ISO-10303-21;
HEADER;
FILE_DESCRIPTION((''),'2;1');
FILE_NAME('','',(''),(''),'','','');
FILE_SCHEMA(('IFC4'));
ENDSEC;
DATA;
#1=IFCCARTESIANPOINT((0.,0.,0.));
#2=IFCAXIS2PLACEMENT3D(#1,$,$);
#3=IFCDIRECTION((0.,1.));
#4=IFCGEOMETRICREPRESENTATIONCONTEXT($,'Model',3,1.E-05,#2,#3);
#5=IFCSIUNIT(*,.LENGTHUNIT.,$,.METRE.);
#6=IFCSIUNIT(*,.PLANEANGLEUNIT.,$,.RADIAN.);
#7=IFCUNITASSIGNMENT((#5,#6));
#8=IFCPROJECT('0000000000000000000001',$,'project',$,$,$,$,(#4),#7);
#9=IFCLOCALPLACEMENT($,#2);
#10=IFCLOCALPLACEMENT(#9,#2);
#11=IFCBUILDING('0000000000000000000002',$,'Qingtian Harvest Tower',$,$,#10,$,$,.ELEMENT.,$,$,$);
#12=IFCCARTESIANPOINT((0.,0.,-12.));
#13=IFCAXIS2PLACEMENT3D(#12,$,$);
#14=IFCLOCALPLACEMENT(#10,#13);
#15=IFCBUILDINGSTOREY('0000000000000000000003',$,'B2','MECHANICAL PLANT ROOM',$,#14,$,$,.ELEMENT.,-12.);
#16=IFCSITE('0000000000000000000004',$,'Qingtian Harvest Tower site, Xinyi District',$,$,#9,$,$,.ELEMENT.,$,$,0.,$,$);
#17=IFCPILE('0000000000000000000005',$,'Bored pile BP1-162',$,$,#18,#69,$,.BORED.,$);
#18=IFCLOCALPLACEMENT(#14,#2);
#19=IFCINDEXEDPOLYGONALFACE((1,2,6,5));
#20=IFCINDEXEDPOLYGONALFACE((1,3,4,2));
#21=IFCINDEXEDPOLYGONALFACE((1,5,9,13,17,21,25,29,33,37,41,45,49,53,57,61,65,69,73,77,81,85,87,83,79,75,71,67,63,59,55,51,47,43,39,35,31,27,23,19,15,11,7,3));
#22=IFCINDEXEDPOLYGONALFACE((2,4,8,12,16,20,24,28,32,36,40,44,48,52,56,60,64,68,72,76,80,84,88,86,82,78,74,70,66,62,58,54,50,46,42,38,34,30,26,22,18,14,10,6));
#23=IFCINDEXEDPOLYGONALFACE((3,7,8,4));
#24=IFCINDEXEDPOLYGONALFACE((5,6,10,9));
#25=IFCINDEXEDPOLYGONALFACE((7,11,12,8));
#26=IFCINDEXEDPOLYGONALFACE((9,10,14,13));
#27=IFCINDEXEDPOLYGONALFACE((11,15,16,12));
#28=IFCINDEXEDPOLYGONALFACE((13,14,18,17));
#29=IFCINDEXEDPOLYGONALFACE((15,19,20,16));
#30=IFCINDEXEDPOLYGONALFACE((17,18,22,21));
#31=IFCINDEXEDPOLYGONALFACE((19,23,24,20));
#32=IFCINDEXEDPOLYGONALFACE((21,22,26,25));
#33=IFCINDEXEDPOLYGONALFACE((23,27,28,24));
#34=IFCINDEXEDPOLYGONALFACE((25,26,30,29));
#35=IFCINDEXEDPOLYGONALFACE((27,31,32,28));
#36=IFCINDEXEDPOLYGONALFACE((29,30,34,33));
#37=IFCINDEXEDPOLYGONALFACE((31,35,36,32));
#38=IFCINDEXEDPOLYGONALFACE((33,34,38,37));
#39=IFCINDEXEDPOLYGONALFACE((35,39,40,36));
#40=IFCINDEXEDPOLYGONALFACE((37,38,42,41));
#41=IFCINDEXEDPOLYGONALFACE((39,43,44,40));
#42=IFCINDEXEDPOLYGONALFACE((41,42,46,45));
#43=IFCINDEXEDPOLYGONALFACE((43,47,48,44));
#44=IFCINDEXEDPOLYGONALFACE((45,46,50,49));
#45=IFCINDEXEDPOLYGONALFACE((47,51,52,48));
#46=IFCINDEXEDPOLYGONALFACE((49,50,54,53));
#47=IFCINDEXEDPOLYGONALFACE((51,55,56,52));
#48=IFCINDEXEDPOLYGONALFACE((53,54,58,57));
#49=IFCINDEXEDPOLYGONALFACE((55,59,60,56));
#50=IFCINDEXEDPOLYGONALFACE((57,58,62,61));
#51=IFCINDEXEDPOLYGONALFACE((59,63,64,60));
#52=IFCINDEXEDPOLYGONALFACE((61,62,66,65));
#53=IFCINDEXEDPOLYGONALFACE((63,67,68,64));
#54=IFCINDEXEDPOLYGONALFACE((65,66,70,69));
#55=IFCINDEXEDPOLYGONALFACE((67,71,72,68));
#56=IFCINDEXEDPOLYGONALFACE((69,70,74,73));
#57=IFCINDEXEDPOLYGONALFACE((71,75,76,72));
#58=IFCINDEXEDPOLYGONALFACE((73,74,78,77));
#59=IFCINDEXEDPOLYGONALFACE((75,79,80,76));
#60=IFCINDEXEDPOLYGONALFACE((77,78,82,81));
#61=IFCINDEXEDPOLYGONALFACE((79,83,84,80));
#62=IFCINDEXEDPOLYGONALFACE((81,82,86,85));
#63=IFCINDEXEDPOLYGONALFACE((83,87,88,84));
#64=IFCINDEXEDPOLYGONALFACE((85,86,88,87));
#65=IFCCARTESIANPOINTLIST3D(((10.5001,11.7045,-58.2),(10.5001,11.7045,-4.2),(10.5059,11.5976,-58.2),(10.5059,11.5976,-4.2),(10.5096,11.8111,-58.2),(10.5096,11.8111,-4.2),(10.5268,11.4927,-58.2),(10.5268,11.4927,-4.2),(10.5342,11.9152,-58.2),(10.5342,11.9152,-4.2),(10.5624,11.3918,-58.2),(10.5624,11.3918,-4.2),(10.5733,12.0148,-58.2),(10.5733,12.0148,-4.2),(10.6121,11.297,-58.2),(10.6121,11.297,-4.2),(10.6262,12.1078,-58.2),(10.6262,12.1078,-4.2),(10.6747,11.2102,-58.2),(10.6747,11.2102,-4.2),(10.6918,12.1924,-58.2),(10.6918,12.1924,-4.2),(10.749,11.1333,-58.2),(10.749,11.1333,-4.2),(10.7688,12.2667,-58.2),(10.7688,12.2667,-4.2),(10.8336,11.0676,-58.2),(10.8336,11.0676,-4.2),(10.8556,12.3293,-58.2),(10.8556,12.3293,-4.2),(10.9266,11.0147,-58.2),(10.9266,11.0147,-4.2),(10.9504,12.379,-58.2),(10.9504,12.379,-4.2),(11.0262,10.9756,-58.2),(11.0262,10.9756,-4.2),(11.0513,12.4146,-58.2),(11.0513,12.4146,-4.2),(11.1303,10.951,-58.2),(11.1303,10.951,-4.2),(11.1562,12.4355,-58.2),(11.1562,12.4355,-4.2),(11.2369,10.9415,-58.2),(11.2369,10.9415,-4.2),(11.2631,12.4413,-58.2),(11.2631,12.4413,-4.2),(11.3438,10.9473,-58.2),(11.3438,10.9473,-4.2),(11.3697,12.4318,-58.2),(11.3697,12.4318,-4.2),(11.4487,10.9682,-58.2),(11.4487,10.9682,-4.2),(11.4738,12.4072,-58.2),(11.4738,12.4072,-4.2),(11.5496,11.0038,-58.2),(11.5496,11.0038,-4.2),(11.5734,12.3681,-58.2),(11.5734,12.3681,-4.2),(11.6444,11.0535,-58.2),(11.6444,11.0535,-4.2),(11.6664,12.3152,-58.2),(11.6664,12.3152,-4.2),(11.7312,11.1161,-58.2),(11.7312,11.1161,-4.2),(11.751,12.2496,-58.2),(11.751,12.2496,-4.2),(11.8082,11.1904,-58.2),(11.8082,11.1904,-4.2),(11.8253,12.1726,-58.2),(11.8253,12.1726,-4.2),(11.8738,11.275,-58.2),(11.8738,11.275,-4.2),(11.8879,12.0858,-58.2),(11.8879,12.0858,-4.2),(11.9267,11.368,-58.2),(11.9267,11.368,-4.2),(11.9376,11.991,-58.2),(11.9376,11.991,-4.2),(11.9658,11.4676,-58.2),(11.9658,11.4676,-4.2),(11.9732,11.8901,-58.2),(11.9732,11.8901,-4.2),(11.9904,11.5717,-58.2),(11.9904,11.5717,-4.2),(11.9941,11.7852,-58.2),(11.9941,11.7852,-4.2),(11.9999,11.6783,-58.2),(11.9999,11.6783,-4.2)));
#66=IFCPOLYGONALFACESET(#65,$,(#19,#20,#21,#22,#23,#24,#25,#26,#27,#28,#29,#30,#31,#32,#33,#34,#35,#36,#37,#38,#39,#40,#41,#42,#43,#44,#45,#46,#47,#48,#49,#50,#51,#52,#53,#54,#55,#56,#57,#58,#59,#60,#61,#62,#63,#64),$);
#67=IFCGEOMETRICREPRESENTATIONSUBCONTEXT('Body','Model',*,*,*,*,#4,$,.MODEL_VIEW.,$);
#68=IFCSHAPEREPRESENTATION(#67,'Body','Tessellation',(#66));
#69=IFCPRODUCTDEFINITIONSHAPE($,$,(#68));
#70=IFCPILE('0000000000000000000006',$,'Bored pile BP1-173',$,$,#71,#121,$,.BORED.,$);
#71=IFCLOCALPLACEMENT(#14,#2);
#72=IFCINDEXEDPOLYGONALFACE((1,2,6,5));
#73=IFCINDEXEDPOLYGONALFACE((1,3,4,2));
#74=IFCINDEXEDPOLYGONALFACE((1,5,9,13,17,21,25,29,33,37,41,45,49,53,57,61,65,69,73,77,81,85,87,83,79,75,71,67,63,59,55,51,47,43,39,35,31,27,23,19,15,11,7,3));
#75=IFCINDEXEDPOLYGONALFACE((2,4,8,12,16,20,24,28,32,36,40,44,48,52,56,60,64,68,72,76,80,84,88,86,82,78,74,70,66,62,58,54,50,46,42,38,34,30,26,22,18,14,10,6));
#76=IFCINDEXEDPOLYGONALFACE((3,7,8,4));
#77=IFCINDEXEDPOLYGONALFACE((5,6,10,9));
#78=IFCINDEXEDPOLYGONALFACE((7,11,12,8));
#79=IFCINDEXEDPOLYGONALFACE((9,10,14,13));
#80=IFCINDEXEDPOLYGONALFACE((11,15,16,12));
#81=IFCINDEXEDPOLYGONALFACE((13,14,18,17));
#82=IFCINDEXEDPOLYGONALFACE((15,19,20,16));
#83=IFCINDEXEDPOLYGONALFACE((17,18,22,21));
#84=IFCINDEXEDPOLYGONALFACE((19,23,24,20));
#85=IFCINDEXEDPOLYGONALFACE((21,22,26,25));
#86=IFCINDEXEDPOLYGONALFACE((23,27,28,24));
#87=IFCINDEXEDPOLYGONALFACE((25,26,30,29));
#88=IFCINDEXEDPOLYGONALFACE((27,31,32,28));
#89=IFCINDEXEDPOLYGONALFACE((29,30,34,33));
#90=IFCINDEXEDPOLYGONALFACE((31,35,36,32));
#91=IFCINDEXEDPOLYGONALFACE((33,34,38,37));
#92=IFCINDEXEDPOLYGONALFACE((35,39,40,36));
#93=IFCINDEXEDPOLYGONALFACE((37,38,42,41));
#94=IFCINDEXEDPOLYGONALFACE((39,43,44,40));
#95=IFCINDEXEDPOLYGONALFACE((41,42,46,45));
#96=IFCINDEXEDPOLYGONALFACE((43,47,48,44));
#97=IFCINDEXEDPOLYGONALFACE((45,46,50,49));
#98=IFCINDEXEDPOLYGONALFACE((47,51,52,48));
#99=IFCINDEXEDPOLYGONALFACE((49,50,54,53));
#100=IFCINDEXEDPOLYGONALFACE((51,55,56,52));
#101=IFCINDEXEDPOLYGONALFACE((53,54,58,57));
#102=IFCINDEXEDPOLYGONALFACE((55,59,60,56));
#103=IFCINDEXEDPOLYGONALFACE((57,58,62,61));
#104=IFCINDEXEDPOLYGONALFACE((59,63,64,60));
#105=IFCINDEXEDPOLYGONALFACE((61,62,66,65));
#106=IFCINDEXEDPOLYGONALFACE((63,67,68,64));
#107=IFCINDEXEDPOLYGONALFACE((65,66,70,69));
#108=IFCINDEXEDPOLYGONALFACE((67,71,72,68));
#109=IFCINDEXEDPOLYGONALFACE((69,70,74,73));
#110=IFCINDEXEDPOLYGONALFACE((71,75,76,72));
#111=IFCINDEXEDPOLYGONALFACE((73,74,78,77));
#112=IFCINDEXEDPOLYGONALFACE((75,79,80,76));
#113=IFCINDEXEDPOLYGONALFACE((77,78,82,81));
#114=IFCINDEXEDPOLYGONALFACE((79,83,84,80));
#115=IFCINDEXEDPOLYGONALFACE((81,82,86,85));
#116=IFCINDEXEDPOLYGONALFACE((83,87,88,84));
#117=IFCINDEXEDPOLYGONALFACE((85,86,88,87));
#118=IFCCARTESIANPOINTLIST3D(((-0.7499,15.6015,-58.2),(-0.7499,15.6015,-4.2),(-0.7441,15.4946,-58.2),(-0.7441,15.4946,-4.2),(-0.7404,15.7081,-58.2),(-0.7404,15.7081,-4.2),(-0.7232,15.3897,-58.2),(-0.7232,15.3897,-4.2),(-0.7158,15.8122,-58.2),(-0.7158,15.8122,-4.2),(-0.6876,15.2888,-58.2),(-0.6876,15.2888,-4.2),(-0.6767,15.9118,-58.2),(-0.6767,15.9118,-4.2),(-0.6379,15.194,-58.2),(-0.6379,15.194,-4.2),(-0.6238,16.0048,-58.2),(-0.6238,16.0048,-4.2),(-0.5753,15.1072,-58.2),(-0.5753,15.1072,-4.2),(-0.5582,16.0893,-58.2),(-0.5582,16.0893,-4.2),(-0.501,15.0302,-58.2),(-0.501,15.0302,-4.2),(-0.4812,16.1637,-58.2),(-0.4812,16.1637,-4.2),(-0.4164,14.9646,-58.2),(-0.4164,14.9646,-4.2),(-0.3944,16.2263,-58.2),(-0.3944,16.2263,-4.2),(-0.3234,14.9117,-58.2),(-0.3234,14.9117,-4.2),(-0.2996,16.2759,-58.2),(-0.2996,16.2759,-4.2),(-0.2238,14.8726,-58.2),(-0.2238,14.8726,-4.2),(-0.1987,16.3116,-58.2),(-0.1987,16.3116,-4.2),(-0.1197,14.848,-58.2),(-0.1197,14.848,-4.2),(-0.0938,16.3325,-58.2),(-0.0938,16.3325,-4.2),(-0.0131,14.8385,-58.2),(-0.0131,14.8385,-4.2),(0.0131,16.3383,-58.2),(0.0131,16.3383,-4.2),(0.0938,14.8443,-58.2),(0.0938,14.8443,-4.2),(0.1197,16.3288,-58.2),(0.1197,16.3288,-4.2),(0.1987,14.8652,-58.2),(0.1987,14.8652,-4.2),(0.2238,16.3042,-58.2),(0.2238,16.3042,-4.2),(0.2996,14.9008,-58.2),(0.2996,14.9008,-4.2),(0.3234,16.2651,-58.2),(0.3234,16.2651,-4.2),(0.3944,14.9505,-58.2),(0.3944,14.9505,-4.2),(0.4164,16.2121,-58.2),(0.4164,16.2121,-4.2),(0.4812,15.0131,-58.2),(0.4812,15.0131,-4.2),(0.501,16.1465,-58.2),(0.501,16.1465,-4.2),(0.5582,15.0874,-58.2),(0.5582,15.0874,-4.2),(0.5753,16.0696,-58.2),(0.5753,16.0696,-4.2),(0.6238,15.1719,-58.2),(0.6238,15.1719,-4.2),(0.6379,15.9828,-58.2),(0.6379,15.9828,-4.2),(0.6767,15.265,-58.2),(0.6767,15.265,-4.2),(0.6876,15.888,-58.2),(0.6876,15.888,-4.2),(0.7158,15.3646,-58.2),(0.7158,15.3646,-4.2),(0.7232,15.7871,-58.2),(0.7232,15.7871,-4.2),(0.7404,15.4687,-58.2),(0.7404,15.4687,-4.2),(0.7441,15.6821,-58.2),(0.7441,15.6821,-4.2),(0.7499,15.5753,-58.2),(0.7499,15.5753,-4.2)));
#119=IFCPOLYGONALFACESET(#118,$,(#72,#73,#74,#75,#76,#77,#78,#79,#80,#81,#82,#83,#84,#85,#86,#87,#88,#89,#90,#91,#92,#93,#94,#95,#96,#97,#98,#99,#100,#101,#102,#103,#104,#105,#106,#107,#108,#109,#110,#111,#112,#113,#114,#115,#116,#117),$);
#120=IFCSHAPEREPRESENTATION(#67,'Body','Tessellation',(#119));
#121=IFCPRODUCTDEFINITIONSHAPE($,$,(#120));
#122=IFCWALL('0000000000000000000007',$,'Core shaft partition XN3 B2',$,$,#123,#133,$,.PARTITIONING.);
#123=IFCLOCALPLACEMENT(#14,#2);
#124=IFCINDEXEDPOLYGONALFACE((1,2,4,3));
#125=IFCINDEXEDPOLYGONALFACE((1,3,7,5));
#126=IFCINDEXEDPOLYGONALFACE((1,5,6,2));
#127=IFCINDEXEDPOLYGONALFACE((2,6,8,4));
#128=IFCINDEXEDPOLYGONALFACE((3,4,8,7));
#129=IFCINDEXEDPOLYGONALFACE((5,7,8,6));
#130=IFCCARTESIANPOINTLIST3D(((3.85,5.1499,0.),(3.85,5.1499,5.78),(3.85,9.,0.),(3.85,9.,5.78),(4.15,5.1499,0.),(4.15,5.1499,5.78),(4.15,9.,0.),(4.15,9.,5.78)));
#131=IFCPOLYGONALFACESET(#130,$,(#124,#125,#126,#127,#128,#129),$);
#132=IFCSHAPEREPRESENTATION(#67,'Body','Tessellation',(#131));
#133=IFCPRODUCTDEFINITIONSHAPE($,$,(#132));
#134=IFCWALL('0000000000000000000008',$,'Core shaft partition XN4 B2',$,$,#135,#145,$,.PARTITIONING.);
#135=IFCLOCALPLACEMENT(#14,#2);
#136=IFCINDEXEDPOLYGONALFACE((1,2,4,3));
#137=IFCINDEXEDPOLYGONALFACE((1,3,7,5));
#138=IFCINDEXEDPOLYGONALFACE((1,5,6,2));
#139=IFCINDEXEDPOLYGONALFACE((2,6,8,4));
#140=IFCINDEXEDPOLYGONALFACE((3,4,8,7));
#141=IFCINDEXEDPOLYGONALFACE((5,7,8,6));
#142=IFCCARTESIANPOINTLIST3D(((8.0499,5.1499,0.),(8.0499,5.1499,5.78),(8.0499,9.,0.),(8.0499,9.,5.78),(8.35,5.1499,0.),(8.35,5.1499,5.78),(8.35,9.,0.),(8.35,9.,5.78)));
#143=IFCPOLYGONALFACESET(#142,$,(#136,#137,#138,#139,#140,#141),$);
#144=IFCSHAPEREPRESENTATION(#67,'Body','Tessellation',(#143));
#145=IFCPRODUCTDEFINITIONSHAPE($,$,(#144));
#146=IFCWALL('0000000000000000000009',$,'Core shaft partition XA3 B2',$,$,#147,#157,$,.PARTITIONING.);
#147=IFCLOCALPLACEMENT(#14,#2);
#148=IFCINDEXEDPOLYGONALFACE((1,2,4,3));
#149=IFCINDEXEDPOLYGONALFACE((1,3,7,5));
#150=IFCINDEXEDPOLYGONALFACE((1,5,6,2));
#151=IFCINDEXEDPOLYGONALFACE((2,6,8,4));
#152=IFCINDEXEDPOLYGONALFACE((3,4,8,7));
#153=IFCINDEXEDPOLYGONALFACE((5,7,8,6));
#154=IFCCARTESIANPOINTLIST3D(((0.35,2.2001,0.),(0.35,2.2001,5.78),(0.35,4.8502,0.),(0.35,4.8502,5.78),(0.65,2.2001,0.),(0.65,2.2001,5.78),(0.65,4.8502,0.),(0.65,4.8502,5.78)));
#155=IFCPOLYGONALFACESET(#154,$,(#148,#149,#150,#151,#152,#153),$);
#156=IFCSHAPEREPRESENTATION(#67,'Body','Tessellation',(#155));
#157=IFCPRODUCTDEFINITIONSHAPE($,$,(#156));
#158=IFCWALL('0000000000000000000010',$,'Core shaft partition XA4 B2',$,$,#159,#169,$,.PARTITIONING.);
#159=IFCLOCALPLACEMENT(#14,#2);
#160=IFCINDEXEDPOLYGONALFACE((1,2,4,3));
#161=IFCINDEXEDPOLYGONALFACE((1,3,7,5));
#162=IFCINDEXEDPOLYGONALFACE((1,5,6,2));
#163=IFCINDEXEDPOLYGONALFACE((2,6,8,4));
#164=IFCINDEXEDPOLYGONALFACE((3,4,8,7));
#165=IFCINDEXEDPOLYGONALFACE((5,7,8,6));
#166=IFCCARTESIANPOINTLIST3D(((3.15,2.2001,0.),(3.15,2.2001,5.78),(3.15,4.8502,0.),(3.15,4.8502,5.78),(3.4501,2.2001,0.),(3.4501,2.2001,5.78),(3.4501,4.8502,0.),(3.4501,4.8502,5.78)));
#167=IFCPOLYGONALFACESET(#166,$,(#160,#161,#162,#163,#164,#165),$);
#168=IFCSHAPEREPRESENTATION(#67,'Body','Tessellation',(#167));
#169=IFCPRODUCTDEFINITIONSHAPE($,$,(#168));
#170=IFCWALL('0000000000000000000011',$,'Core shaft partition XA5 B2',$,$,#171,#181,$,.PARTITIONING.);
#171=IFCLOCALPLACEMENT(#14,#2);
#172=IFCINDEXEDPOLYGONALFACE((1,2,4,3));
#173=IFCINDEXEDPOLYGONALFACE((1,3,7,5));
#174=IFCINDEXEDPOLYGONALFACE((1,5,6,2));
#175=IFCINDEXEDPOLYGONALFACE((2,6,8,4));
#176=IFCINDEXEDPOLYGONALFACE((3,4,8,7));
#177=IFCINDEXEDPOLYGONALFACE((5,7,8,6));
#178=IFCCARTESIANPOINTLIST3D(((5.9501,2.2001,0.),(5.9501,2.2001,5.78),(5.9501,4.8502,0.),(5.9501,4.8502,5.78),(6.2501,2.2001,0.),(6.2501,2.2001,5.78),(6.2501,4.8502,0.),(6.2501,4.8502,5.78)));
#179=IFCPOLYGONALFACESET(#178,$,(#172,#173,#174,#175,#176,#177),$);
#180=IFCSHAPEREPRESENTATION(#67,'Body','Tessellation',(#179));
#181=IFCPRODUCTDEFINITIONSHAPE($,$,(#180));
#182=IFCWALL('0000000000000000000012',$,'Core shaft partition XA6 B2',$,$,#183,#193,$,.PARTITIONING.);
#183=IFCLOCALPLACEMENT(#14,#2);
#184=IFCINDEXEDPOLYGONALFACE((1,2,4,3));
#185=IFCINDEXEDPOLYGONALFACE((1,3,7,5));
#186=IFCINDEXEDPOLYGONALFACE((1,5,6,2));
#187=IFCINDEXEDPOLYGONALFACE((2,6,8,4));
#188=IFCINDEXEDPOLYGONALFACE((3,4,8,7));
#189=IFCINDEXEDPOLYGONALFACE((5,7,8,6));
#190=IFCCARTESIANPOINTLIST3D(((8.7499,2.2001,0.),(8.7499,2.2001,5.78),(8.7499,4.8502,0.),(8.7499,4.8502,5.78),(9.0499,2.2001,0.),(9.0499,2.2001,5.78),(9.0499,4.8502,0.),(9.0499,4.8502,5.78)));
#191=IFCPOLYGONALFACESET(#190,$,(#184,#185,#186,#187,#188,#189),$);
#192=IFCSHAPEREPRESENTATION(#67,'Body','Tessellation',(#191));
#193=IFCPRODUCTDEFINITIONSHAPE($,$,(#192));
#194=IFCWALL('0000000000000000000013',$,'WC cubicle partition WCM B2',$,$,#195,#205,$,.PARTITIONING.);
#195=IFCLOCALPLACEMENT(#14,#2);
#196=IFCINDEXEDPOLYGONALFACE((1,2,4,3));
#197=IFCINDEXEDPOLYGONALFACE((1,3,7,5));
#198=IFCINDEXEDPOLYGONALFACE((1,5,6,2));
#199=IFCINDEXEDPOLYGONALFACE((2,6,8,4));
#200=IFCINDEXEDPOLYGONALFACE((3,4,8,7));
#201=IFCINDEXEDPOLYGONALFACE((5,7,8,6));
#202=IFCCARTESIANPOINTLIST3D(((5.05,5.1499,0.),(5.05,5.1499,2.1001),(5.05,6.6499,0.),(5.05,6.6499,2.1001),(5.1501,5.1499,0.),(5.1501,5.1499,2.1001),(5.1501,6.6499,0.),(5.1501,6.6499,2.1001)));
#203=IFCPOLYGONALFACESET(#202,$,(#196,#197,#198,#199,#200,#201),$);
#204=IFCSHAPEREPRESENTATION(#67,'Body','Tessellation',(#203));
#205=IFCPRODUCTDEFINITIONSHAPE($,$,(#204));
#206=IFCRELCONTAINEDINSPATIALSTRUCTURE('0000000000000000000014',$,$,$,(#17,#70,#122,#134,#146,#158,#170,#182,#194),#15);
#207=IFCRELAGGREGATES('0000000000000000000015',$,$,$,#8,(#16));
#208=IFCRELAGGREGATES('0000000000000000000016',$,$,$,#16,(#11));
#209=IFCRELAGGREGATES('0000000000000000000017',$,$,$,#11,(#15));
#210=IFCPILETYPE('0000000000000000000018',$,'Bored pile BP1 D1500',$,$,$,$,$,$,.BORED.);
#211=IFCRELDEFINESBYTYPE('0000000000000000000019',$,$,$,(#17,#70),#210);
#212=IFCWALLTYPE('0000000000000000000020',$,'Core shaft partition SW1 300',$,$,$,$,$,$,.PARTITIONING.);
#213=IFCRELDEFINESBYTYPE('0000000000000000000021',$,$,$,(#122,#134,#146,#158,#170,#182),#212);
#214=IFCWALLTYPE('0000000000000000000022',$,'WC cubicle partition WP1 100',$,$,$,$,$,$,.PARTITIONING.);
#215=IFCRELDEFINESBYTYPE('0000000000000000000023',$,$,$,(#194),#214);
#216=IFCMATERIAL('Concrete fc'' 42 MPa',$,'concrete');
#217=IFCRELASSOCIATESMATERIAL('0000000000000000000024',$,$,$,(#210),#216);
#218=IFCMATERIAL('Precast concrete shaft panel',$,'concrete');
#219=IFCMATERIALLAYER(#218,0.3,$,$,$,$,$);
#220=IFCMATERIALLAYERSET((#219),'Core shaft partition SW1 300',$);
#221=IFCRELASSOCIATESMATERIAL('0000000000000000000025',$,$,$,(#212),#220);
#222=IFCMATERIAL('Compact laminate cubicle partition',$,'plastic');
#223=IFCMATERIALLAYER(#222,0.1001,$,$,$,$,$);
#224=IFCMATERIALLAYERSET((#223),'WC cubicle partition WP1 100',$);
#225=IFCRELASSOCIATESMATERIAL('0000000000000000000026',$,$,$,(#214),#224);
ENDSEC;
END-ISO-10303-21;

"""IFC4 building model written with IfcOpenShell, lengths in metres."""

from ifc_helpers import new_model, si_unit, direction, frame, frame_2d, origin, place, context, subcontext, project, spatial, rectangle, circle, extrude, material, layer, layer_set, material_profile, profile_set, type_object, element, save


model = new_model("IFC4")

# Units and contexts
model_context = context("Model", 3, precision=1e-05, world=origin(), true_north=direction((0.0, 1.0)))
body_context = subcontext(model_context, "Body", "Model", "MODEL_VIEW")
ifc_project = project(units=[si_unit("LENGTHUNIT", "METRE"), si_unit("PLANEANGLEUNIT", "RADIAN")], contexts=[model_context])

# Site, building, storey
site_placement = place(None, origin())
site = spatial("IfcSite", under=ifc_project, at=site_placement, Name="Qingtian Harvest Tower site, Xinyi District", CompositionType="ELEMENT", RefElevation=0.0)
building_placement = place(site_placement, origin())
building = spatial("IfcBuilding", under=site, at=building_placement, Name="Qingtian Harvest Tower", CompositionType="ELEMENT")
storey_placement = place(building_placement, frame((0.0, 0.0, -12.0)))
storey = spatial("IfcBuildingStorey", under=building, at=storey_placement, Name="B2", Description="MECHANICAL PLANT ROOM", CompositionType="ELEMENT", Elevation=-12.0)

# Piles
ifc_material_1 = material(Name="Concrete fc' 42 MPa", Category="concrete")
ifc_material_profile = material_profile(ifc_material_1, circle(Radius=0.75, at=frame_2d((0.0, 0.0), x_axis=(0.999848, 0.017452))), Name="Bored pile BP1 D1500")
ifc_profile_set = profile_set([ifc_material_profile], Name="Concrete fc' 42 MPa")
pile_type = type_object("IfcPileType", Name="Bored pile BP1 D1500", PredefinedType="BORED", material=ifc_profile_set)
for number, where, z_axis, x_axis, name in (
    (1, (11.25, 11.6914, -4.2), (0.0, 0.0, -1.0), (1.0, 0.0, 0.0), "Bored pile BP1-162"),
    (2, (0.0, 15.5884, -4.2), (0.0, 0.0, -1.0), (1.0, 0.0, 0.0), "Bored pile BP1-173"),
):
    element("IfcPile", number, at=place(storey_placement, frame(where, z_axis=z_axis, x_axis=x_axis)), inside=storey, type_object=pile_type, Name=name, PredefinedType="BORED", context=body_context, shape_type="SweptSolid", body=[
        extrude(circle(Radius=0.75, at=frame_2d((0.0, 0.0), x_axis=(0.999848, 0.017452))), origin(), (0.0, 0.0, 1.0), 54.0),
    ])

# Shared definitions
ifc_material_2 = material(Name="Precast concrete shaft panel", Category="concrete")
ifc_layer_1 = layer(ifc_material_2, 0.3)
ifc_layer_set_1 = layer_set([ifc_layer_1], Name="Core shaft partition SW1 300")
wall_type_1 = type_object("IfcWallType", Name="Core shaft partition SW1 300", PredefinedType="PARTITIONING", material=ifc_layer_set_1)

# Walls
for number, where, z_axis, x_axis, name in (
    (3, (4.0, 5.1499, 0.0), (0.0, 0.0, 1.0), (0.0, 1.0, 0.0), "Core shaft partition XN3 B2"),
    (4, (8.2, 5.1499, 0.0), (0.0, 0.0, 1.0), (0.0, 1.0, 0.0), "Core shaft partition XN4 B2"),
):
    element("IfcWall", number, at=place(storey_placement, frame(where, z_axis=z_axis, x_axis=x_axis)), inside=storey, type_object=wall_type_1, Name=name, PredefinedType="PARTITIONING", context=body_context, shape_type="SweptSolid", body=[
        extrude(rectangle(XDim=3.8501, YDim=0.3, at=frame_2d((1.925, 0.0))), origin(), (0.0, 0.0, 1.0), 5.78),
    ])
for number, where, z_axis, x_axis, name in (
    (5, (0.5, 2.2, 0.0), (0.0, 0.0, 1.0), (0.0, 1.0, 0.0), "Core shaft partition XA3 B2"),
    (6, (3.3, 2.2, 0.0), (0.0, 0.0, 1.0), (0.0, 1.0, 0.0), "Core shaft partition XA4 B2"),
    (7, (6.1001, 2.2, 0.0), (0.0, 0.0, 1.0), (0.0, 1.0, 0.0), "Core shaft partition XA5 B2"),
    (8, (8.8999, 2.2, 0.0), (0.0, 0.0, 1.0), (0.0, 1.0, 0.0), "Core shaft partition XA6 B2"),
):
    element("IfcWall", number, at=place(storey_placement, frame(where, z_axis=z_axis, x_axis=x_axis)), inside=storey, type_object=wall_type_1, Name=name, PredefinedType="PARTITIONING", context=body_context, shape_type="SweptSolid", body=[
        extrude(rectangle(XDim=2.6501, YDim=0.3, at=frame_2d((1.3252, 0.0))), origin(), (0.0, 0.0, 1.0), 5.78),
    ])
ifc_material_3 = material(Name="Compact laminate cubicle partition", Category="plastic")
ifc_layer_2 = layer(ifc_material_3, 0.1001)
ifc_layer_set_2 = layer_set([ifc_layer_2], Name="WC cubicle partition WP1 100")
wall_type_2 = type_object("IfcWallType", Name="WC cubicle partition WP1 100", PredefinedType="PARTITIONING", material=ifc_layer_set_2)
for number, where, z_axis, x_axis, name in (
    (9, (5.1001, 5.1499, 0.0), (0.0, 0.0, 1.0), (0.0, 1.0, 0.0), "WC cubicle partition WCM B2"),
):
    element("IfcWall", number, at=place(storey_placement, frame(where, z_axis=z_axis, x_axis=x_axis)), inside=storey, type_object=wall_type_2, Name=name, PredefinedType="PARTITIONING", context=body_context, shape_type="SweptSolid", body=[
        extrude(rectangle(XDim=1.5, YDim=0.1001, at=frame_2d((0.75, 0.0))), origin(), (0.0, 0.0, 1.0), 2.1001),
    ])

save(model, "model.ifc")
